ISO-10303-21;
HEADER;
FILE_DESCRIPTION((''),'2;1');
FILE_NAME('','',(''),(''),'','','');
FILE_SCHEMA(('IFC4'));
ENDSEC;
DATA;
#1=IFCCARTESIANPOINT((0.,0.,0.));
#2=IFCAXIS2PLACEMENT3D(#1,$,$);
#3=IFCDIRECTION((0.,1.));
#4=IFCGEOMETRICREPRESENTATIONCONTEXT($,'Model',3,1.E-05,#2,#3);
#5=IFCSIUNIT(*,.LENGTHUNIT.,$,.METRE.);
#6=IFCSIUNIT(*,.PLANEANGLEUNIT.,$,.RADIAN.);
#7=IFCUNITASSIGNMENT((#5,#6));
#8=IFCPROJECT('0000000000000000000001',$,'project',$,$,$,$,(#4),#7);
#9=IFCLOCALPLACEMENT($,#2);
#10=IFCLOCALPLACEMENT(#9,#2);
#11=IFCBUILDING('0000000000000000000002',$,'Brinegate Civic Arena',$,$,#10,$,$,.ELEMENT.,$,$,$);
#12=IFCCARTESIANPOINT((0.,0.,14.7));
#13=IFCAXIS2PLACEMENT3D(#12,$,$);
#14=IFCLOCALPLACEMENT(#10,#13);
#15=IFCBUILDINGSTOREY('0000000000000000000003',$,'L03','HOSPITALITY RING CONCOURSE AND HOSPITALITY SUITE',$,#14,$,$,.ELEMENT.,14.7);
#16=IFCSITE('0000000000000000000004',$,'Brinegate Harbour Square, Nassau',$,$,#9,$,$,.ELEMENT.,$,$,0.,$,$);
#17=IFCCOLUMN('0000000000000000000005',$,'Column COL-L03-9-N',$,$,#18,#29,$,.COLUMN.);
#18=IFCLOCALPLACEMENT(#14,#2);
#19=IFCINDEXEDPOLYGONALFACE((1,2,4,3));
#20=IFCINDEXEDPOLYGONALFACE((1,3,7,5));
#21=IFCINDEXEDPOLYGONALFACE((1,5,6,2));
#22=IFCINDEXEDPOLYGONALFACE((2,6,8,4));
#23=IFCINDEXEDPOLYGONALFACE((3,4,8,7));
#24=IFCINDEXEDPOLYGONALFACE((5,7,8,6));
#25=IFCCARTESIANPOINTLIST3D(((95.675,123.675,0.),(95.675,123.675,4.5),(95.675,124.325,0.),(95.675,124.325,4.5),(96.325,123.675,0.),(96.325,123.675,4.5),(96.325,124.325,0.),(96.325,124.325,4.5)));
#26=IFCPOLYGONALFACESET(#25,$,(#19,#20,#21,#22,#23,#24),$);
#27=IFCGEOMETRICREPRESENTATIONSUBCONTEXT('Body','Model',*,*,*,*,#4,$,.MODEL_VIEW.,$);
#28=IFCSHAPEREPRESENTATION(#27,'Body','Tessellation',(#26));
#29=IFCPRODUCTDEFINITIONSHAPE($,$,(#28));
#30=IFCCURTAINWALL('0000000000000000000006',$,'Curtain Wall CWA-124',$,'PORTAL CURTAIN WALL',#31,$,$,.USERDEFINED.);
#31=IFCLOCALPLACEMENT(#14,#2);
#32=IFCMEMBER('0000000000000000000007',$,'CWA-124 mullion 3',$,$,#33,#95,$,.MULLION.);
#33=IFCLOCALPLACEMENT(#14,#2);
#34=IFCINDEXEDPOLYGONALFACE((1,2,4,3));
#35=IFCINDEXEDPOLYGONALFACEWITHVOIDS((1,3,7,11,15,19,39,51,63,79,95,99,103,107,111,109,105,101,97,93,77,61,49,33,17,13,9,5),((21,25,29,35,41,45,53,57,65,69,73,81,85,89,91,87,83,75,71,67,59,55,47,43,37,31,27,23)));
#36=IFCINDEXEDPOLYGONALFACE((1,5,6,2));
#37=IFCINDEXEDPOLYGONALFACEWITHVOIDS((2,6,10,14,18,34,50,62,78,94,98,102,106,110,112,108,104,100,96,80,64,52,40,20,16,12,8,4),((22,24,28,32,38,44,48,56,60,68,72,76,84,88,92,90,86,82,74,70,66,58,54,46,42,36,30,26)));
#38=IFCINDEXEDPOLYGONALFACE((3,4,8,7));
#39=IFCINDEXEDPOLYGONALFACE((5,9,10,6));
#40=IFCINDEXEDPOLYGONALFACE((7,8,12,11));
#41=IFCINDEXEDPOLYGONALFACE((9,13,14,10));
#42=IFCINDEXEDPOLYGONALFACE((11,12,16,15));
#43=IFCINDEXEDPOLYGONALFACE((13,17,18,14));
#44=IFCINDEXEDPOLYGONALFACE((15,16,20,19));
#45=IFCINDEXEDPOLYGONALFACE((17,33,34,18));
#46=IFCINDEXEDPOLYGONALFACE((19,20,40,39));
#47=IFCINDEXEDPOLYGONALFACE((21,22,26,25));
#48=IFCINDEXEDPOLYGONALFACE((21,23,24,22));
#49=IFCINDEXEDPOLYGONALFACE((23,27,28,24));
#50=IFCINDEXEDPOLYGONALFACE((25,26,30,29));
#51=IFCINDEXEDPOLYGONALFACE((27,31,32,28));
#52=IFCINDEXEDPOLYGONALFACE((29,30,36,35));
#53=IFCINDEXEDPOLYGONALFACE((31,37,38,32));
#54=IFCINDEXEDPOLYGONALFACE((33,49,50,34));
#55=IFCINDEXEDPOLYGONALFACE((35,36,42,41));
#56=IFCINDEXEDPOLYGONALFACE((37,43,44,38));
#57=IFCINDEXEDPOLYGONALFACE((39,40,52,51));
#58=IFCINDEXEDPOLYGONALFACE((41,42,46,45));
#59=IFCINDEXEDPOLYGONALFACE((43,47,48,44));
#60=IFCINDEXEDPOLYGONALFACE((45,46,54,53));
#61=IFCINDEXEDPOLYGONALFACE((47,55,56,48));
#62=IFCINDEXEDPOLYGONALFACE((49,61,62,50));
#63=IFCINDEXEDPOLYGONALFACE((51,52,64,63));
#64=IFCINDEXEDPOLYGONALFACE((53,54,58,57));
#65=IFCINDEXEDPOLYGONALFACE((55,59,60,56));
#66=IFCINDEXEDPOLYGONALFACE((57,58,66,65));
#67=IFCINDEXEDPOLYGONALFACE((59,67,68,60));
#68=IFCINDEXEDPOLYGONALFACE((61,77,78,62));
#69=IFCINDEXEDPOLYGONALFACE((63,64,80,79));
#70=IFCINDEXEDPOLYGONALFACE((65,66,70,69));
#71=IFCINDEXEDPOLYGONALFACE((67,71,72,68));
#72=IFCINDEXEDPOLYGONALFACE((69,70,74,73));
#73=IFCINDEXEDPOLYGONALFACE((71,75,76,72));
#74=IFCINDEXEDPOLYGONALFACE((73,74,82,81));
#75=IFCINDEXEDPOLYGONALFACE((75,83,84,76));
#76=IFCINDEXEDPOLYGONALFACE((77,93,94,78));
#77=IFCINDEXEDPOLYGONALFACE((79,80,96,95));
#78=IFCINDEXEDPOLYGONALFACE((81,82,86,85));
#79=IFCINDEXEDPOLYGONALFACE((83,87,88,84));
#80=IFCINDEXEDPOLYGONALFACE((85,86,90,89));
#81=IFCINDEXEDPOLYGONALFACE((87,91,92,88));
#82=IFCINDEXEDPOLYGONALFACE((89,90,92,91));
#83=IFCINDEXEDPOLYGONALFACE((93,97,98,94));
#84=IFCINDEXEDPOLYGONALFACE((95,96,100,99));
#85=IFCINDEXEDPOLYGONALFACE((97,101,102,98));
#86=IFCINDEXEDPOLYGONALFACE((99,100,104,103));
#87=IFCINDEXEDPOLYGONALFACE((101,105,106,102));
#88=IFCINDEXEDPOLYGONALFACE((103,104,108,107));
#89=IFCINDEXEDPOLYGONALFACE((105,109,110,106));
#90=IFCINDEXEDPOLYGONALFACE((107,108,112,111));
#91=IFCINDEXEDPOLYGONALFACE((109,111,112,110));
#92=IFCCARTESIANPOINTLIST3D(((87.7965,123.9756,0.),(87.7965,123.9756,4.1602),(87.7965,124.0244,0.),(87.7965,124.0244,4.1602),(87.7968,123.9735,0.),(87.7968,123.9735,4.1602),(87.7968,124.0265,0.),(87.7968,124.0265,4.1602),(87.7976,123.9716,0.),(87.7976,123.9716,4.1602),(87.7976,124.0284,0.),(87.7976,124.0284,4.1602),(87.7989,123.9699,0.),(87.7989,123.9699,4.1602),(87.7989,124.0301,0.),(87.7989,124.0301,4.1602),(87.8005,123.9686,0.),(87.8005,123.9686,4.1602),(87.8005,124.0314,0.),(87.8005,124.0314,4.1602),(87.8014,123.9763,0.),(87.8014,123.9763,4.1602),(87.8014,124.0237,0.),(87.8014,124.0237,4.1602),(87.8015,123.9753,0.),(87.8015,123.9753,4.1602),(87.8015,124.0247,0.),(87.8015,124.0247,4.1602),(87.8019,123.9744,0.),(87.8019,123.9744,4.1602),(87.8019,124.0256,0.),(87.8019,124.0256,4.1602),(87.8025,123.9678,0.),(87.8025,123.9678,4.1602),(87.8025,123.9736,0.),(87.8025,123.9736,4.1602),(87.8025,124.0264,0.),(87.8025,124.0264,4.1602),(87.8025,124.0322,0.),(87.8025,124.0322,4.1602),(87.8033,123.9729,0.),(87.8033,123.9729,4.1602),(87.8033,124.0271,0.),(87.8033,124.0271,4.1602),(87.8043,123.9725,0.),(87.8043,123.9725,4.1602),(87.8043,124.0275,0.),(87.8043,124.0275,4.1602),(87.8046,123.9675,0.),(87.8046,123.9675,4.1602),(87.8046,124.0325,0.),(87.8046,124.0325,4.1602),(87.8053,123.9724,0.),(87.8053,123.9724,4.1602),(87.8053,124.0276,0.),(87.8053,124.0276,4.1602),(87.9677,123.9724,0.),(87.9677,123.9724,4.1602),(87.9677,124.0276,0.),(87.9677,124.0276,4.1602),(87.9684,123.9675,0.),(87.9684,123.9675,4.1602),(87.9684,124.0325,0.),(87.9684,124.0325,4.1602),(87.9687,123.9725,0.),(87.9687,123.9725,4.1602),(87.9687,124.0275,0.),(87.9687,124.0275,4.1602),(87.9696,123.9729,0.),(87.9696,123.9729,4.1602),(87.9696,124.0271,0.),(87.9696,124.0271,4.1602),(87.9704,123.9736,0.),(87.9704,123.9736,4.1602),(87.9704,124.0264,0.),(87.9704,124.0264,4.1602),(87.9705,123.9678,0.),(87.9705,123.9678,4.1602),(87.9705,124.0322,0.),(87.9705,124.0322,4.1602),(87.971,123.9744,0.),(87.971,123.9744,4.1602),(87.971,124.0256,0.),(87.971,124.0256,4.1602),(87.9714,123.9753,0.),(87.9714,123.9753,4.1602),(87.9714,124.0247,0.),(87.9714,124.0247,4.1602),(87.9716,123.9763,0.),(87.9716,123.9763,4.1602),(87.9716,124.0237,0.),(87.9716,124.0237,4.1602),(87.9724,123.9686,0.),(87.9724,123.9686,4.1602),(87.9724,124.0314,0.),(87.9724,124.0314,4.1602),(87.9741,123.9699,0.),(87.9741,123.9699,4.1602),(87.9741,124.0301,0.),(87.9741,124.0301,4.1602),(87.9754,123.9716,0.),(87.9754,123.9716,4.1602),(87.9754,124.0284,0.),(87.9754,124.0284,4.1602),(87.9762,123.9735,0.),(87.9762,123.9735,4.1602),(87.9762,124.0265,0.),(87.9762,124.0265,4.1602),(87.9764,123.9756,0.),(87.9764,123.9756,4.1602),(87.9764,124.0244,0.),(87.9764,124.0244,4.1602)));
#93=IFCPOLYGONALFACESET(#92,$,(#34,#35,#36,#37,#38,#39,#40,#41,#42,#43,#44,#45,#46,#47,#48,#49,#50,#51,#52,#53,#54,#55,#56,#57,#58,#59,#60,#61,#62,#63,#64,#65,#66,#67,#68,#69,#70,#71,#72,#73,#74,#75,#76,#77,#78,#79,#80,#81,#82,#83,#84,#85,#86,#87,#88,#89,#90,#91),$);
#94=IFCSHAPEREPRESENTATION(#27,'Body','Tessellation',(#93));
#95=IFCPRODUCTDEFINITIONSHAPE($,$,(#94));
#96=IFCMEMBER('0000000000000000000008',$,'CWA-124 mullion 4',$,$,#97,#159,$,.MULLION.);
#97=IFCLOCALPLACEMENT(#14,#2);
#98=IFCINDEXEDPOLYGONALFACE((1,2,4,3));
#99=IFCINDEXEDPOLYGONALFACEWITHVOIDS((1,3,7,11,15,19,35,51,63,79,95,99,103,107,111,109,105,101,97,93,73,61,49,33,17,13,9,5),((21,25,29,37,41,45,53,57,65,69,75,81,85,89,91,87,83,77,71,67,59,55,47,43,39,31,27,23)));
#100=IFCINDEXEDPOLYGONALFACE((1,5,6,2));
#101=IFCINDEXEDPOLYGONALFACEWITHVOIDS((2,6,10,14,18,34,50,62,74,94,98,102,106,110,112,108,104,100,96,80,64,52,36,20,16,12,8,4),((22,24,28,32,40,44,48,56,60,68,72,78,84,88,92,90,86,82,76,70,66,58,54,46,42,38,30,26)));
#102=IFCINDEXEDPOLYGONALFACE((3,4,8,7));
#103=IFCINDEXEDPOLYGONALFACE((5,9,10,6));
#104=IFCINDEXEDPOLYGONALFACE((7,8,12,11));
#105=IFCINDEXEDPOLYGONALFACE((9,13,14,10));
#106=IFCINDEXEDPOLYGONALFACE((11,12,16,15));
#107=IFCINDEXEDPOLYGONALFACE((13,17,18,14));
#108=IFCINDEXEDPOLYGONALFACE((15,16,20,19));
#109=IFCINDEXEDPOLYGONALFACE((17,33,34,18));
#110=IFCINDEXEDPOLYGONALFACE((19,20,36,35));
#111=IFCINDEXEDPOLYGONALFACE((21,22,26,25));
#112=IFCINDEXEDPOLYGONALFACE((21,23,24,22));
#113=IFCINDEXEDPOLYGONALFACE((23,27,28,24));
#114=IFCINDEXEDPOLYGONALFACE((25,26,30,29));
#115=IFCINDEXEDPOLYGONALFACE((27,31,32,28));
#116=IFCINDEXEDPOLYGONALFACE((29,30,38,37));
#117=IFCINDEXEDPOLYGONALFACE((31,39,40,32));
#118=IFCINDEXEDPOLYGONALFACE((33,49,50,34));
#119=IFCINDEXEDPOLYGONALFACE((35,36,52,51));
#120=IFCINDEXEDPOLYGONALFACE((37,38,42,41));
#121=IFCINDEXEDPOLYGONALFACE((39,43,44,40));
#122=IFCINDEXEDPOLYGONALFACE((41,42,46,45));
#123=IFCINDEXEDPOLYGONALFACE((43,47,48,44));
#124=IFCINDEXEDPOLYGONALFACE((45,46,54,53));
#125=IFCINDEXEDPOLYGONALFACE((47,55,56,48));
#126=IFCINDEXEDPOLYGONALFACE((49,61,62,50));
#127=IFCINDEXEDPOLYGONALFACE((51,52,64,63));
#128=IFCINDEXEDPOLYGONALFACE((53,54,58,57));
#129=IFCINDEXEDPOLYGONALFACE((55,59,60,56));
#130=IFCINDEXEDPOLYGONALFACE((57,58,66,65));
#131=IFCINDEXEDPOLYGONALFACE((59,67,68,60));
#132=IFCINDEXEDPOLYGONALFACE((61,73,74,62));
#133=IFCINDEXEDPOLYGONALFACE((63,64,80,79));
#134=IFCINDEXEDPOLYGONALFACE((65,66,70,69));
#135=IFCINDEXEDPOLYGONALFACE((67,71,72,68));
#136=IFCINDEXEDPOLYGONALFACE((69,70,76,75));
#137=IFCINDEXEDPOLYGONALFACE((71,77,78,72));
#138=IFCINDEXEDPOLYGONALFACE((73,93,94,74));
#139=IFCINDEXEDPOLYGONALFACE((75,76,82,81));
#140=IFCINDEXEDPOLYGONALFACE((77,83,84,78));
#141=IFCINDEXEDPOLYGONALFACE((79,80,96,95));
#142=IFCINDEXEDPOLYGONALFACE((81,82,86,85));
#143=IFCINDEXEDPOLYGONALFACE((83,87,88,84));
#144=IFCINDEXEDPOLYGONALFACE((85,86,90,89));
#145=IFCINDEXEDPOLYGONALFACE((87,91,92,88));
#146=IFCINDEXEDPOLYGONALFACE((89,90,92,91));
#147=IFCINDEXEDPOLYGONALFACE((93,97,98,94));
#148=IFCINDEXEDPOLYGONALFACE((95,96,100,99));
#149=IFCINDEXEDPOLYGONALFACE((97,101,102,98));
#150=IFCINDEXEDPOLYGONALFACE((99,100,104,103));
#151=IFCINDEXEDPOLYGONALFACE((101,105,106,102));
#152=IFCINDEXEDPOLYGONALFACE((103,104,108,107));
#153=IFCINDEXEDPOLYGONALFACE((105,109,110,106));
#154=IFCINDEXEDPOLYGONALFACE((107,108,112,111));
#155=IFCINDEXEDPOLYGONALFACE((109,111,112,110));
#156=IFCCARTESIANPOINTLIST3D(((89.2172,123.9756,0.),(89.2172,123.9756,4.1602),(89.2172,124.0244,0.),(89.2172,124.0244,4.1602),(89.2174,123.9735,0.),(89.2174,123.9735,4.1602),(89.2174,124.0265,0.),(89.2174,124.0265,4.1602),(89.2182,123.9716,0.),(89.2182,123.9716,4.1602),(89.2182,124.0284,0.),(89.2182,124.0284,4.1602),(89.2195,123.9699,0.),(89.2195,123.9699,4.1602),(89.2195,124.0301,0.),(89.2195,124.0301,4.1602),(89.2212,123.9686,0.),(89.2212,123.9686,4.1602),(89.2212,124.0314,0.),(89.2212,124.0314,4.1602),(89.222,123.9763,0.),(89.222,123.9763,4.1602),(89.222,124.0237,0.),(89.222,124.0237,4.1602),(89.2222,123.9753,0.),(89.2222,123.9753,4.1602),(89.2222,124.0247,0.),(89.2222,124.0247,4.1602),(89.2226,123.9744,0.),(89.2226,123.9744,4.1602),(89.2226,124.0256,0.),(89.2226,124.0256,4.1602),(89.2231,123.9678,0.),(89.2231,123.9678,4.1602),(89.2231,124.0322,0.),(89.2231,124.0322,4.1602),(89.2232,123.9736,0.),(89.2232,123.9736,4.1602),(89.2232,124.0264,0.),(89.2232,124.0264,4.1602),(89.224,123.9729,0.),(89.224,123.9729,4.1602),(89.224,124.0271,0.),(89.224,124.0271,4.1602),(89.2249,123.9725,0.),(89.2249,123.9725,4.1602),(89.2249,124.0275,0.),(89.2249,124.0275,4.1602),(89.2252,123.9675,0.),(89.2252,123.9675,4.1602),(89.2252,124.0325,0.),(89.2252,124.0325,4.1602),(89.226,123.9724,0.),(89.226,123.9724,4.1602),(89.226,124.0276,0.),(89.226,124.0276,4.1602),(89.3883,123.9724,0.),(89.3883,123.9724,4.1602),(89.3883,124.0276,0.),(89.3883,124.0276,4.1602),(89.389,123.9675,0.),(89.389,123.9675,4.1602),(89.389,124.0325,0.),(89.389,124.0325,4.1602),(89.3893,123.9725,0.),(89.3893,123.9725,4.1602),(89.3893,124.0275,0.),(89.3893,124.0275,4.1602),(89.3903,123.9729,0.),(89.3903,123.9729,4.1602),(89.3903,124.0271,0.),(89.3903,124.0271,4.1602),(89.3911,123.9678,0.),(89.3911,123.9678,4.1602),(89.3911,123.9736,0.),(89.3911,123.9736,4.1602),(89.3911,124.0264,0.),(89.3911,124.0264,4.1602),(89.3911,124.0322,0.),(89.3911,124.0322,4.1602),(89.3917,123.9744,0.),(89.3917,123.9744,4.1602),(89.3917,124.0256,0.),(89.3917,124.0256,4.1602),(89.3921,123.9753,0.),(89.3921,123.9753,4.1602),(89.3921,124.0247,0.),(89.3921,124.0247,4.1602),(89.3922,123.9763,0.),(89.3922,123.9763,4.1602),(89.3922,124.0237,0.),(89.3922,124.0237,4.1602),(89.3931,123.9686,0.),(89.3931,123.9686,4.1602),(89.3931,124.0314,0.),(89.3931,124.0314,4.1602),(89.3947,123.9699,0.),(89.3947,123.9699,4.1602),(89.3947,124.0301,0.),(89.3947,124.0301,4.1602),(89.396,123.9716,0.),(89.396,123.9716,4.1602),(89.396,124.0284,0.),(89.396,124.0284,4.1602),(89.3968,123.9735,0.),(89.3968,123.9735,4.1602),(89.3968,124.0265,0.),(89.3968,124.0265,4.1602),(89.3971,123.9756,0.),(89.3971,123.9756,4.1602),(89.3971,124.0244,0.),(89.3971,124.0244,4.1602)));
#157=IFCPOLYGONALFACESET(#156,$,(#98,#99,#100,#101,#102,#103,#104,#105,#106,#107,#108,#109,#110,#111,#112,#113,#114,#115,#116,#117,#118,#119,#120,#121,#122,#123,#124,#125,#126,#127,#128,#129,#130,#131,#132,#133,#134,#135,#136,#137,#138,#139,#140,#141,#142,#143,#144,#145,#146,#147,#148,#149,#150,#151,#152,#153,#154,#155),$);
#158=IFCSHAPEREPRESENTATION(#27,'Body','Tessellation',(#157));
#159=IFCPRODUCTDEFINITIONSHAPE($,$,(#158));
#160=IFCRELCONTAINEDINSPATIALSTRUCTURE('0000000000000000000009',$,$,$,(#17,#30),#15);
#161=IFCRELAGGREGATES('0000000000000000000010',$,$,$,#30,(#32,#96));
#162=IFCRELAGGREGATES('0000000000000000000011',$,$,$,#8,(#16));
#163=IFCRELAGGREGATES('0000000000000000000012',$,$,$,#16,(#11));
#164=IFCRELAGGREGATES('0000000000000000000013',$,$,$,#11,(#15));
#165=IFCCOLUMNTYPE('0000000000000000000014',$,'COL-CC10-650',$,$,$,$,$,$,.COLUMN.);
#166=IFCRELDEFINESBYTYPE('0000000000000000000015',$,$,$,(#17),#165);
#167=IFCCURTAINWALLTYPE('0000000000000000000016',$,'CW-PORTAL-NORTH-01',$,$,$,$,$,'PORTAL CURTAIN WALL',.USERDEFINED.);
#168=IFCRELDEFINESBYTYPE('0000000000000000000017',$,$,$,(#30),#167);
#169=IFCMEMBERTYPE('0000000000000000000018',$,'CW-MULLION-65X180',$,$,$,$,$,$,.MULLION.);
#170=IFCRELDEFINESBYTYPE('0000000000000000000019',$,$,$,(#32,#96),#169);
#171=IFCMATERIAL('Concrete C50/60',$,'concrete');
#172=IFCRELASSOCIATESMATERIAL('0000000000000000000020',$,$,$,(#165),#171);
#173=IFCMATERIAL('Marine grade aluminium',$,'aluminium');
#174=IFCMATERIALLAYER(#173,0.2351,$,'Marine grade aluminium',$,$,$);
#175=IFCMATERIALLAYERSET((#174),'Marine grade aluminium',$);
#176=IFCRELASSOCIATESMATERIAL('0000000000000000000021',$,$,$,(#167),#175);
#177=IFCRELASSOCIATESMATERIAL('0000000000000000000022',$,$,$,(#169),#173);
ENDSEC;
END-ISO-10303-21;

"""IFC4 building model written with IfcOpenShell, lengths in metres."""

from ifc_helpers import new_model, si_unit, direction, frame, origin, origin_2d, place, context, subcontext, project, spatial, rectangle, hollow_rectangle, extrude, material, layer, layer_set, material_profile, profile_set, type_object, element, aggregate, save


model = new_model("IFC4")

# Units and contexts
model_context = context("Model", 3, precision=1e-05, world=origin(), true_north=direction((0.0, 1.0)))
body_context = subcontext(model_context, "Body", "Model", "MODEL_VIEW")
ifc_project = project(units=[si_unit("LENGTHUNIT", "METRE"), si_unit("PLANEANGLEUNIT", "RADIAN")], contexts=[model_context])

# Site, building, storey
site_placement = place(None, origin())
site = spatial("IfcSite", under=ifc_project, at=site_placement, Name="Brinegate Harbour Square, Nassau", CompositionType="ELEMENT", RefElevation=0.0)
building_placement = place(site_placement, origin())
building = spatial("IfcBuilding", under=site, at=building_placement, Name="Brinegate Civic Arena", CompositionType="ELEMENT")
storey_placement = place(building_placement, frame((0.0, 0.0, 14.7)))
storey = spatial("IfcBuildingStorey", under=building, at=storey_placement, Name="L03", Description="HOSPITALITY RING CONCOURSE AND HOSPITALITY SUITE", CompositionType="ELEMENT", Elevation=14.7)

# Column
ifc_material_1 = material(Name="Concrete C50/60", Category="concrete")
ifc_material_profile_1 = material_profile(ifc_material_1, rectangle(XDim=0.6499, YDim=0.6499, at=origin_2d()), Name="RC650X650")
ifc_profile_set_1 = profile_set([ifc_material_profile_1], Name="Concrete C50/60")
column_type = type_object("IfcColumnType", Name="COL-CC10-650", PredefinedType="COLUMN", material=ifc_profile_set_1)
column_placement = place(storey_placement, frame((96.0, 124.0, 0.0), z_axis=(0.0, 0.0, 1.0), x_axis=(1.0, 0.0, 0.0)))
element("IfcColumn", 1, at=column_placement, inside=storey, type_object=column_type, Name="Column COL-L03-9-N", PredefinedType="COLUMN", context=body_context, shape_type="SweptSolid", body=[
    extrude(rectangle(XDim=0.6499, YDim=0.6499, at=origin_2d()), origin(), (0.0, 0.0, 1.0), 4.5),
])

# Curtain wall, members
ifc_material_2 = material(Name="Marine grade aluminium", Category="aluminium")
ifc_layer_1 = layer(ifc_material_2, 0.2351, Name="Marine grade aluminium")
ifc_layer_set_1 = layer_set([ifc_layer_1], Name="Marine grade aluminium")
curtain_wall_type = type_object("IfcCurtainWallType", Name="CW-PORTAL-NORTH-01", ElementType="PORTAL CURTAIN WALL", PredefinedType="USERDEFINED", material=ifc_layer_set_1)
curtain_wall_placement = place(storey_placement, origin())
curtain_wall = element("IfcCurtainWall", 2, at=curtain_wall_placement, inside=storey, type_object=curtain_wall_type, Name="Curtain Wall CWA-124", ObjectType="PORTAL CURTAIN WALL", PredefinedType="USERDEFINED")
ifc_material_profile_2 = material_profile(ifc_material_2, hollow_rectangle(XDim=0.0649, YDim=0.1799, WallThickness=0.0049, InnerFilletRadius=0.0039, OuterFilletRadius=0.0081, at=origin_2d()), Name="MUL65X180")
ifc_profile_set_2 = profile_set([ifc_material_profile_2], Name="Marine grade aluminium")
member_type_1 = type_object("IfcMemberType", Name="CW-MULLION-65X180", PredefinedType="MULLION", material=ifc_profile_set_2)
member_1_placement = place(storey_placement, frame((87.8865, 124.0, 0.0), z_axis=(0.0, 0.0, 1.0), x_axis=(0.0, 1.0, 0.0)))
member_1 = element("IfcMember", 3, at=member_1_placement, type_object=member_type_1, Name="CWA-124 mullion 3", PredefinedType="MULLION", context=body_context, shape_type="SweptSolid", body=[
    extrude(hollow_rectangle(XDim=0.0649, YDim=0.1799, WallThickness=0.0049, InnerFilletRadius=0.0039, OuterFilletRadius=0.0081, at=origin_2d()), origin(), (0.0, 0.0, 1.0), 4.1602),
])
member_2_placement = place(storey_placement, frame((89.3071, 124.0, 0.0), z_axis=(0.0, 0.0, 1.0), x_axis=(0.0, 1.0, 0.0)))
member_2 = element("IfcMember", 4, at=member_2_placement, type_object=member_type_1, Name="CWA-124 mullion 4", PredefinedType="MULLION", context=body_context, shape_type="SweptSolid", body=[
    extrude(hollow_rectangle(XDim=0.0649, YDim=0.1799, WallThickness=0.0049, InnerFilletRadius=0.0039, OuterFilletRadius=0.0081, at=origin_2d()), origin(), (0.0, 0.0, 1.0), 4.1602),
])

aggregate(curtain_wall, [member_1, member_2])

save(model, "model.ifc")
